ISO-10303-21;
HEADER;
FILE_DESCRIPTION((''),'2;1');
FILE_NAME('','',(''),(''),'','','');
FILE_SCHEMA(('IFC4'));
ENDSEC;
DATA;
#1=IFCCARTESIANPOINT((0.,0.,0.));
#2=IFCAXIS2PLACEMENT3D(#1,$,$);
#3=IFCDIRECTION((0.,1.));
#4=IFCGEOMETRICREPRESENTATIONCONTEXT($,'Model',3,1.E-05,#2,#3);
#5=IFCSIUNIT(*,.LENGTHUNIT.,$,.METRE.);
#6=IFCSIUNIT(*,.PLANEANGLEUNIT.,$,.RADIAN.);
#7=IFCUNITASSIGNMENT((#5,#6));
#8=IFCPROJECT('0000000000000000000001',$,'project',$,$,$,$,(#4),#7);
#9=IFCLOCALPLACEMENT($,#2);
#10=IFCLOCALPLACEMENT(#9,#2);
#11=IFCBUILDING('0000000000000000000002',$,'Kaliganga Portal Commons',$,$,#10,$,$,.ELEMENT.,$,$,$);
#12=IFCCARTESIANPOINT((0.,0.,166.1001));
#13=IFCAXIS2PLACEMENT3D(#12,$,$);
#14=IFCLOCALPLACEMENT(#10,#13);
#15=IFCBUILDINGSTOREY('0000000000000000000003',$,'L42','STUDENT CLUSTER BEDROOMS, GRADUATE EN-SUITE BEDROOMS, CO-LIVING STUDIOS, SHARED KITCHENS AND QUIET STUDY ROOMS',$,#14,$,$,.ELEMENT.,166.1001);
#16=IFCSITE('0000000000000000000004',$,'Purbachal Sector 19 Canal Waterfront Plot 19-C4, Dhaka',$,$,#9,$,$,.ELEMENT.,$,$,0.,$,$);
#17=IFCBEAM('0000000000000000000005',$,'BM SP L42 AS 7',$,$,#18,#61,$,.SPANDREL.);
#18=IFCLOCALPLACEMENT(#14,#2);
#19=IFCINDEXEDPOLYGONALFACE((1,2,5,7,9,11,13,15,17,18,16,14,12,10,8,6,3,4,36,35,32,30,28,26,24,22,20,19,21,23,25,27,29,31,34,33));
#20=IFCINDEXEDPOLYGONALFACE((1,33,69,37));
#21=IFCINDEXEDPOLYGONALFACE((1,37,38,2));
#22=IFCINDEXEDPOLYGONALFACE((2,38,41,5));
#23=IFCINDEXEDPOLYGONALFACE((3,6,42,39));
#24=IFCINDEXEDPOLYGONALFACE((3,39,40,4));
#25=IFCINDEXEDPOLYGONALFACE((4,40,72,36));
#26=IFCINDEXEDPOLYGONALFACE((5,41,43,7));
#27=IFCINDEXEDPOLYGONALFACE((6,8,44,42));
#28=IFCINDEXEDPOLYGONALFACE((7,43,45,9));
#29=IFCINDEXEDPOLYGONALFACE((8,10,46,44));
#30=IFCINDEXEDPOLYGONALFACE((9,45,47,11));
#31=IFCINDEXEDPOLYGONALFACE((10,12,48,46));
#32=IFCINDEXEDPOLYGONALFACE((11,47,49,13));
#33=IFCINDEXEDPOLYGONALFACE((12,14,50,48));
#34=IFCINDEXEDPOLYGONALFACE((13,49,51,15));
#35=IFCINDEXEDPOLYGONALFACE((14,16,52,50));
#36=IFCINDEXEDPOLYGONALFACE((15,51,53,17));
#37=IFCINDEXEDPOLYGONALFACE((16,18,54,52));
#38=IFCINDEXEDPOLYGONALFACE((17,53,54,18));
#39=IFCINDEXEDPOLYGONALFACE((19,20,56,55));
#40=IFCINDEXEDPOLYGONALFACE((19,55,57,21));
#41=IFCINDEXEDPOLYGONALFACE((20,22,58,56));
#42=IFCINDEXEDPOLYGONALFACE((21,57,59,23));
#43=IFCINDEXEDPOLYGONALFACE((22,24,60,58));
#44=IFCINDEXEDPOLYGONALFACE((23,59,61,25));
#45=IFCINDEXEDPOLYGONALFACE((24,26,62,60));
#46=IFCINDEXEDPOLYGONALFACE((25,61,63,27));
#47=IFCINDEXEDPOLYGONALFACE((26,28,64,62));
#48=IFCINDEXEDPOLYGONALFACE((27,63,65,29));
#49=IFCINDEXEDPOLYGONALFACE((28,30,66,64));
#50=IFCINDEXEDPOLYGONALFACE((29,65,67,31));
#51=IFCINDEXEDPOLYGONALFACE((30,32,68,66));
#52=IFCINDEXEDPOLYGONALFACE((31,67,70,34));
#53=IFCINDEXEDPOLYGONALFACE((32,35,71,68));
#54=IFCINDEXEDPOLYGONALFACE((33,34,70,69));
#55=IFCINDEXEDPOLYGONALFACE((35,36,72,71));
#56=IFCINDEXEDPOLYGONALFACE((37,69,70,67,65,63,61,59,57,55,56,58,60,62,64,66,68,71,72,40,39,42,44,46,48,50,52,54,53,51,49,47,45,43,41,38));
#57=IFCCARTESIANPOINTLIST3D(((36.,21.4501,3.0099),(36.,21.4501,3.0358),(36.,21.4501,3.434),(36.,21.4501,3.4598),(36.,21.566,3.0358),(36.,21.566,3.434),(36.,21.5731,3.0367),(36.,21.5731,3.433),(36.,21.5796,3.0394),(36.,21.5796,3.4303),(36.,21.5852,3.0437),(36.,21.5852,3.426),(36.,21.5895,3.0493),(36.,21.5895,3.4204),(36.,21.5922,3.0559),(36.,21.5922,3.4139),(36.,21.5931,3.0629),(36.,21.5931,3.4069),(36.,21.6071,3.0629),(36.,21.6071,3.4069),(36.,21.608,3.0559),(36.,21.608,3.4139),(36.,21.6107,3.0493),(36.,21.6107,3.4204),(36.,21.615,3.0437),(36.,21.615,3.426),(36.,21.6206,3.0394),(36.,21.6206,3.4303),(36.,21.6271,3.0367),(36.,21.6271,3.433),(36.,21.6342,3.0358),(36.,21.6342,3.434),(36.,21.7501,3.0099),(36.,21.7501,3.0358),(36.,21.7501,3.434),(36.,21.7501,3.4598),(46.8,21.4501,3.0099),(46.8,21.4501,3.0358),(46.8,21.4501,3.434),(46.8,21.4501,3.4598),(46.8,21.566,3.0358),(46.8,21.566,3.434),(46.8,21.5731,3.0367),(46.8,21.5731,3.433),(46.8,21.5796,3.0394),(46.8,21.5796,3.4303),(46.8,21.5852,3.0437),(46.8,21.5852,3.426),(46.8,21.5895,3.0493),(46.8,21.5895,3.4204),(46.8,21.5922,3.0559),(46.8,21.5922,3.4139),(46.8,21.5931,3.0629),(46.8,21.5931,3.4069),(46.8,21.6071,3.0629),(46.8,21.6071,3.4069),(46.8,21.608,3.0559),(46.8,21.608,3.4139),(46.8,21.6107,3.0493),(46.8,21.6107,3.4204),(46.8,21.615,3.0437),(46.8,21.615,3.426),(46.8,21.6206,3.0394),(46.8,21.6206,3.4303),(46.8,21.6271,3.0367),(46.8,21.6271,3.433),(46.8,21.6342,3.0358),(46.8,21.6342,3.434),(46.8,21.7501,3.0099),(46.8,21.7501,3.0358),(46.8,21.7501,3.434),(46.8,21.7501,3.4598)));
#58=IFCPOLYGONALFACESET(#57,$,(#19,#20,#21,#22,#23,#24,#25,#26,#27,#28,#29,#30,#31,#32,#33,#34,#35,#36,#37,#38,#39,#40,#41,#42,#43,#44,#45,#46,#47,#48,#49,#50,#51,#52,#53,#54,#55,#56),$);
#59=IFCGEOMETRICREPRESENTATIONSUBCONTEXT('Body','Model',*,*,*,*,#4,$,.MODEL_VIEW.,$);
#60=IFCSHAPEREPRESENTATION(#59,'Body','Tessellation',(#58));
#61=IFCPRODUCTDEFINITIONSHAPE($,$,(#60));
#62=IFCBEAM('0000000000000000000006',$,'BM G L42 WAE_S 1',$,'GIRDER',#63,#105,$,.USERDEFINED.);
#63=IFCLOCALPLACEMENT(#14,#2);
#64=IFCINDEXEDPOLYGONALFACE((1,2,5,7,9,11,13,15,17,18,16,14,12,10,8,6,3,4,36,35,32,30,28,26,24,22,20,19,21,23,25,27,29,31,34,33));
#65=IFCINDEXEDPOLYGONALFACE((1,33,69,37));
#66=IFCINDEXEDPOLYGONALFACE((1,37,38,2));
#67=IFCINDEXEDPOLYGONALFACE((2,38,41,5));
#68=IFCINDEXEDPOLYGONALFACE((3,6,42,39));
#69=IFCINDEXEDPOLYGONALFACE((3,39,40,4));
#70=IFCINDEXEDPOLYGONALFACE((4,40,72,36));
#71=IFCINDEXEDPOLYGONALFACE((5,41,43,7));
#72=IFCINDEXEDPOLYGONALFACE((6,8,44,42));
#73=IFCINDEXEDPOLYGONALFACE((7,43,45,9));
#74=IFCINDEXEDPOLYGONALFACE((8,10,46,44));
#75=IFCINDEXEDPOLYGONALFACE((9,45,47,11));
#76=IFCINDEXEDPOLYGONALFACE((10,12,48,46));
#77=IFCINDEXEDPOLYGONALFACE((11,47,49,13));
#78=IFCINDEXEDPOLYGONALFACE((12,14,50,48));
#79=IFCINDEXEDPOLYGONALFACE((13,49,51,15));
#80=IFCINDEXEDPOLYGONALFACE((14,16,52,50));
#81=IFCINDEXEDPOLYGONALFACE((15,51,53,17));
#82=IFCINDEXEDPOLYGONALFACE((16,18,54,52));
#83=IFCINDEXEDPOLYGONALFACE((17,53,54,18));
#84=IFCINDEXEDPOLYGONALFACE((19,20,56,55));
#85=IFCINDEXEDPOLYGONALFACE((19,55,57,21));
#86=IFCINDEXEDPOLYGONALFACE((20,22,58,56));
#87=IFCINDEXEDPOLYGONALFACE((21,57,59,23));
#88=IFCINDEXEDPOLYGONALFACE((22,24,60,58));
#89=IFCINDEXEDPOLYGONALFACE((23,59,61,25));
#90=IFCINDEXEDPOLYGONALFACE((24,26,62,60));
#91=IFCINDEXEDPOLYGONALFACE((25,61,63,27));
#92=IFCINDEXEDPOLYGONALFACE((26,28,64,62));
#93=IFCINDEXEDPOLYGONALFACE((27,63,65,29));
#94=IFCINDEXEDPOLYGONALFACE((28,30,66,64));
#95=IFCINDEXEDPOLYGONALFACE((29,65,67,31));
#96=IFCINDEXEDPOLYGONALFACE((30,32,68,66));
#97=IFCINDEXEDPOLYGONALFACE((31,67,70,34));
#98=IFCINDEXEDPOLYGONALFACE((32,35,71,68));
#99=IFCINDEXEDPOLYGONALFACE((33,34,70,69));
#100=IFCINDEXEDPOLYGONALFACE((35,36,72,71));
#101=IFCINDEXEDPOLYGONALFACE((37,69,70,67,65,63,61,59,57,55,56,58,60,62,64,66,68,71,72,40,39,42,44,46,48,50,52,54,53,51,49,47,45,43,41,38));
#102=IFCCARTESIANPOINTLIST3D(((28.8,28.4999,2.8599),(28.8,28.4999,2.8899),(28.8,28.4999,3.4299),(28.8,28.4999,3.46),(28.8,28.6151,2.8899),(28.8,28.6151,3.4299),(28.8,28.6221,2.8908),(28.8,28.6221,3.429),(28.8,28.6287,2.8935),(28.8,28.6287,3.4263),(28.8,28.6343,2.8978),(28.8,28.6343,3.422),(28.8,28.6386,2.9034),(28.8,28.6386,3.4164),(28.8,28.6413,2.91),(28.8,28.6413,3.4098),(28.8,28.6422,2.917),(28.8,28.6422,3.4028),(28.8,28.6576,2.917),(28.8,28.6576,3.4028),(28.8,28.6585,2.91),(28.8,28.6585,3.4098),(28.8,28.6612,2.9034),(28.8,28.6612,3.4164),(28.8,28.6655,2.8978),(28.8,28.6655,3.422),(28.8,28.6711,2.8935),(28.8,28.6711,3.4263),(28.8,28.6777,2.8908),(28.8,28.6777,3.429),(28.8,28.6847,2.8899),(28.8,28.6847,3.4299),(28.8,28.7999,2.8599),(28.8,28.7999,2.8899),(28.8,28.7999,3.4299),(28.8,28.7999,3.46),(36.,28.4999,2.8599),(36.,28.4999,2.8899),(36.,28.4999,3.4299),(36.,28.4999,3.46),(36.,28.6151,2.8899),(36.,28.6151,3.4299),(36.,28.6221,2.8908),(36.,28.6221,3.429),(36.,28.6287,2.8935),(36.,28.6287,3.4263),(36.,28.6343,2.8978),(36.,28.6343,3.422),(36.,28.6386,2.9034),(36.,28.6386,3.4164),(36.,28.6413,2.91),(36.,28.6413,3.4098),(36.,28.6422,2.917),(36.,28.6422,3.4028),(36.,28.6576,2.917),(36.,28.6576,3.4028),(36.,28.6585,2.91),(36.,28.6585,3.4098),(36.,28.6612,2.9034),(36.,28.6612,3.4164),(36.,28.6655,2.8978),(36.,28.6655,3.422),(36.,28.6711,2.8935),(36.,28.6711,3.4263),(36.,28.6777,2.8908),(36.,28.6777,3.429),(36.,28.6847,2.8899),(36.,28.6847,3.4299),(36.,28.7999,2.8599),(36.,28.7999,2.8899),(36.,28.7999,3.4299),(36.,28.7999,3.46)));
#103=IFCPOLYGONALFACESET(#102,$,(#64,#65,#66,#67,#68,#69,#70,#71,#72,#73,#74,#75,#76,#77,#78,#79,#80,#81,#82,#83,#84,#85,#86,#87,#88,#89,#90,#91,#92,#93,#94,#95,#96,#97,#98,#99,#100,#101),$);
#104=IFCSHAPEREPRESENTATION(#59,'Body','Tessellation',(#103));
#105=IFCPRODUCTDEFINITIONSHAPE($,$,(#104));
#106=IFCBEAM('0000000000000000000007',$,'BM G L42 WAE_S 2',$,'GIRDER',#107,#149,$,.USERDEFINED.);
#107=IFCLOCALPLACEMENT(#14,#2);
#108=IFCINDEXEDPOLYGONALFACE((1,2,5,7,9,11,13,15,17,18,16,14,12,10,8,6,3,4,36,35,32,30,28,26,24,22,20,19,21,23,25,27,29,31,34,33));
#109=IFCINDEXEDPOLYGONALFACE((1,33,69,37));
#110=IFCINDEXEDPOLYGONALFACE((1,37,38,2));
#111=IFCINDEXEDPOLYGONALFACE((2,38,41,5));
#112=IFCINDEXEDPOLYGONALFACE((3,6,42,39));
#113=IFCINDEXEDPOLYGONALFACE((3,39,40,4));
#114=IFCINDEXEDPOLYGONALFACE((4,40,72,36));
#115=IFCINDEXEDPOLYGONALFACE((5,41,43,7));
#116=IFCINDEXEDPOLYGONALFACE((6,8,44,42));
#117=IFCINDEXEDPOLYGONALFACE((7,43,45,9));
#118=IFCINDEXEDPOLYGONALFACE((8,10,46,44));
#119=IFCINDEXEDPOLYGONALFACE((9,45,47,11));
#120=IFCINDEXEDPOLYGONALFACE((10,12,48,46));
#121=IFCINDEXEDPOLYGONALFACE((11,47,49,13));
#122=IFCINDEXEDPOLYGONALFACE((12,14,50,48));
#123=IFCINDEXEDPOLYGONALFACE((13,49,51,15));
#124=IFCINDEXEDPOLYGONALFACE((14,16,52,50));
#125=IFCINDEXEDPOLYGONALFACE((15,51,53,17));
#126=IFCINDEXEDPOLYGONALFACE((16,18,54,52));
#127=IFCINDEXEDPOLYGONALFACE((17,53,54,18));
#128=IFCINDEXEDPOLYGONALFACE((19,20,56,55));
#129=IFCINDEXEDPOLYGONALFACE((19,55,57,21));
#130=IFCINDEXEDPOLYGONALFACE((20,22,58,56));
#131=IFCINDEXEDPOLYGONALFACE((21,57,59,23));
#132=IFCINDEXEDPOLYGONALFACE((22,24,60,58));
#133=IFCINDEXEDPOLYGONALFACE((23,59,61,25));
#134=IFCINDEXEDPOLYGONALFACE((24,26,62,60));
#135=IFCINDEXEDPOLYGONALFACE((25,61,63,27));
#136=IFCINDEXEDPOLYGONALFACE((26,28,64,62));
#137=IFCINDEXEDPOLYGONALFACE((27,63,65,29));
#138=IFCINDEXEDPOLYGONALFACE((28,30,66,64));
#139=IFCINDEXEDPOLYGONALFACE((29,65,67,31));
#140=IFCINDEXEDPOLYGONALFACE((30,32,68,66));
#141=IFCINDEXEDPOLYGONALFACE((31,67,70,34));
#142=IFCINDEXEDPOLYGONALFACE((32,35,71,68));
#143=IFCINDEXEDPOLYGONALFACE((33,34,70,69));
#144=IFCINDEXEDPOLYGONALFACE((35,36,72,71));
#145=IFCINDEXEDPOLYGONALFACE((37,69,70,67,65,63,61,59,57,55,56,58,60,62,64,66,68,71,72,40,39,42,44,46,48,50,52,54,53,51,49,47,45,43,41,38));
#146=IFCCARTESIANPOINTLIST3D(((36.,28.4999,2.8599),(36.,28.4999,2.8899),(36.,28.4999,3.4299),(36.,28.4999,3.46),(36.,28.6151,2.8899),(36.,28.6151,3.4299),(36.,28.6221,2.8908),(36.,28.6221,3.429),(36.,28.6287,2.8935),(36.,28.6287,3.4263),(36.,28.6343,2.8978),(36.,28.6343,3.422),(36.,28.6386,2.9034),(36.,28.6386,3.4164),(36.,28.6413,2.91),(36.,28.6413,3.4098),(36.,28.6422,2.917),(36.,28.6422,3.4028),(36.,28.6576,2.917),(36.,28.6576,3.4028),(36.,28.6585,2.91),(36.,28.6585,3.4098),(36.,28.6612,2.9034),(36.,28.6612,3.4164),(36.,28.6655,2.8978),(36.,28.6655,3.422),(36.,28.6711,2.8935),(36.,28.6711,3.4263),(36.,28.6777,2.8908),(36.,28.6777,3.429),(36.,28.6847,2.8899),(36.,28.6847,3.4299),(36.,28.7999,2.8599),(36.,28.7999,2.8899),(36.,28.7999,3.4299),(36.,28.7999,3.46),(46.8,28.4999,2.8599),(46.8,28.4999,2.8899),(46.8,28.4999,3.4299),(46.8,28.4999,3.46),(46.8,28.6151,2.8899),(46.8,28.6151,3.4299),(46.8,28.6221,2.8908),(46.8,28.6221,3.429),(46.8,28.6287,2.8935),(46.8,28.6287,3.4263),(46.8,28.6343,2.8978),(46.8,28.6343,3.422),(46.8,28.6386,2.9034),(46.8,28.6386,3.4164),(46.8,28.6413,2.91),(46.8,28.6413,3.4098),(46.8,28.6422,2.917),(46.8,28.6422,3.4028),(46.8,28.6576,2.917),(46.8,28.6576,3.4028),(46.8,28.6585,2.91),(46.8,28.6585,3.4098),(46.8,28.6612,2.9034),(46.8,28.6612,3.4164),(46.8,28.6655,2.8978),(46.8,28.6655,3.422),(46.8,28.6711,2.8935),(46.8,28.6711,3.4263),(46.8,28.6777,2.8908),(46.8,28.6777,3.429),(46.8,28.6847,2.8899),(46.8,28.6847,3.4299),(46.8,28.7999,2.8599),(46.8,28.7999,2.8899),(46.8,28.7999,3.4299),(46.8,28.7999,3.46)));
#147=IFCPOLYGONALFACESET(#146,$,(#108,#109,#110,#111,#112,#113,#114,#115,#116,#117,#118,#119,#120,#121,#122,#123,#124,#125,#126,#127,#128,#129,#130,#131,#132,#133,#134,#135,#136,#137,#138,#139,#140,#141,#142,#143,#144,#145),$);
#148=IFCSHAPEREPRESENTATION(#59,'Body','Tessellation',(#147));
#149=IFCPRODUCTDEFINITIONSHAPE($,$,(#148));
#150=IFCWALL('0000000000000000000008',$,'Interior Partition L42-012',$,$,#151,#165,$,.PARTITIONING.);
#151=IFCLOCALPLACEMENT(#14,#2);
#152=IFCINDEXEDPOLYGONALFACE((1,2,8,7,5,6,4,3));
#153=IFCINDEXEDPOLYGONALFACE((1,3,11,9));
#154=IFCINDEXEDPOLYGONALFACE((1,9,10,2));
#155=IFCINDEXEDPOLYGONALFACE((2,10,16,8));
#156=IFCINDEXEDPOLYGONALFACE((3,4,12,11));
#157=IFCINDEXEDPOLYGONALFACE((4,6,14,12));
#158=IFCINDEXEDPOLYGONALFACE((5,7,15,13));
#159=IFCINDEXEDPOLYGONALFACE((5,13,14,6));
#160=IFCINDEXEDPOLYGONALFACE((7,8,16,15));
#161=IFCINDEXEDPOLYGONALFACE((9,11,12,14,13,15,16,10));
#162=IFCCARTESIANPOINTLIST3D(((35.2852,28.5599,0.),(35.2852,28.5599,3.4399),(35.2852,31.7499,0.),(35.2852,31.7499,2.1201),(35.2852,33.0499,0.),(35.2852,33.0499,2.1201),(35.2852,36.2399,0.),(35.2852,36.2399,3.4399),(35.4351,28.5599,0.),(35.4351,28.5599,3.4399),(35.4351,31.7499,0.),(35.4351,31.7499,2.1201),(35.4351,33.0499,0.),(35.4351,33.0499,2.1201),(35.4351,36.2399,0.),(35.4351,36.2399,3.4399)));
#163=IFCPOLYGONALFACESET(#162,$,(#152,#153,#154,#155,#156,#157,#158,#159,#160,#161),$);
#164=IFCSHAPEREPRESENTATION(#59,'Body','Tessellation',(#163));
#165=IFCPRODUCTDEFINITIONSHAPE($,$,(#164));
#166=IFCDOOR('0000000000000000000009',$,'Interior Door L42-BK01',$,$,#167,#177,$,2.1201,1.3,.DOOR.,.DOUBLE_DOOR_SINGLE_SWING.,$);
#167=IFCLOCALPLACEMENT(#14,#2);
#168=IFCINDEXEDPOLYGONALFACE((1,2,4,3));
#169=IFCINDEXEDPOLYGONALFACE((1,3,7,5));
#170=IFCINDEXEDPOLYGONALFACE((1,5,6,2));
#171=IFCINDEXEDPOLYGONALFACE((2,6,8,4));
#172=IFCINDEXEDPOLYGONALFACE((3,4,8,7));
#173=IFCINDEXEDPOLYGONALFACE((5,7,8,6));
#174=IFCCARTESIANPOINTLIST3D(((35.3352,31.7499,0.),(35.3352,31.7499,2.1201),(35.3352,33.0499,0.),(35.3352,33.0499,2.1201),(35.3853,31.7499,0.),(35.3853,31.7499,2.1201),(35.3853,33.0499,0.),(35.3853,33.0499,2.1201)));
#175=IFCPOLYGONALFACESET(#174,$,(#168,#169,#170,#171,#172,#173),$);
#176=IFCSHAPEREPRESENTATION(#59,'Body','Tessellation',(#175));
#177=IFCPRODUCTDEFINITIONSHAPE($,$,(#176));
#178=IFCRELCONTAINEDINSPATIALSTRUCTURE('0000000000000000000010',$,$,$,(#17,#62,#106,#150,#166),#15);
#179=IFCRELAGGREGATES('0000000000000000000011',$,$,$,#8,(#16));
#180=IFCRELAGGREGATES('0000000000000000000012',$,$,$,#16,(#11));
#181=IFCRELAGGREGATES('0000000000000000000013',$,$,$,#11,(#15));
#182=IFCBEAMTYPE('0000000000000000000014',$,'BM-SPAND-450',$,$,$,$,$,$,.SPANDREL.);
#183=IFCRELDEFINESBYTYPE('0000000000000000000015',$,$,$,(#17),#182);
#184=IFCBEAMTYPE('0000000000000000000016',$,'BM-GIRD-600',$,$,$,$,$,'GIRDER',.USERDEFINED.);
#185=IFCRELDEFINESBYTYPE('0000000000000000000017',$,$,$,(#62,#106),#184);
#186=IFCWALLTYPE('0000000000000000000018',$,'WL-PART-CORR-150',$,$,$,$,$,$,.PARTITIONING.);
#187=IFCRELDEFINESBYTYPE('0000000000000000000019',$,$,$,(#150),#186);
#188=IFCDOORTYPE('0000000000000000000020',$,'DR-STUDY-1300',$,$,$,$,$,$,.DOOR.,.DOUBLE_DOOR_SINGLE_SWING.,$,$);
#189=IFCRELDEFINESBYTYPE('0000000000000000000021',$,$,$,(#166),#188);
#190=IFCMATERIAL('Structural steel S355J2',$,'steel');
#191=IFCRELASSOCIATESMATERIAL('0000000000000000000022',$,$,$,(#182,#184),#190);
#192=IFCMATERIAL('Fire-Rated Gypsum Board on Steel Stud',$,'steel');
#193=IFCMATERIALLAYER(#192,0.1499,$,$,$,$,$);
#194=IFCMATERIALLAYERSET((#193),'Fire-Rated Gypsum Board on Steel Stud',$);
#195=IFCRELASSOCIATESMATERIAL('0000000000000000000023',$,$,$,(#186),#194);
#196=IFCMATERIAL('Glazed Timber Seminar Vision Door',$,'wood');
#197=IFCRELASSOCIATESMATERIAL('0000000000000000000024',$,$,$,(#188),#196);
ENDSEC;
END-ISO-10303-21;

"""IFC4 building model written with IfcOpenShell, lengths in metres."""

from ifc_helpers import new_model, si_unit, direction, frame, frame_2d, origin, origin_2d, place, context, subcontext, project, spatial, rectangle, i_section, extrude, source, transform, mapped, material, layer, layer_set, material_profile, profile_set, type_object, element, fill, save


model = new_model("IFC4")

# Units and contexts
model_context = context("Model", 3, precision=1e-05, world=origin(), true_north=direction((0.0, 1.0)))
body_context = subcontext(model_context, "Body", "Model", "MODEL_VIEW")
ifc_project = project(units=[si_unit("LENGTHUNIT", "METRE"), si_unit("PLANEANGLEUNIT", "RADIAN")], contexts=[model_context])

# Site, building, storey
site_placement = place(None, origin())
site = spatial("IfcSite", under=ifc_project, at=site_placement, Name="Purbachal Sector 19 Canal Waterfront Plot 19-C4, Dhaka", CompositionType="ELEMENT", RefElevation=0.0)
building_placement = place(site_placement, origin())
building = spatial("IfcBuilding", under=site, at=building_placement, Name="Kaliganga Portal Commons", CompositionType="ELEMENT")
storey_placement = place(building_placement, frame((0.0, 0.0, 166.1001)))
storey = spatial("IfcBuildingStorey", under=building, at=storey_placement, Name="L42", Description="STUDENT CLUSTER BEDROOMS, GRADUATE EN-SUITE BEDROOMS, CO-LIVING STUDIOS, SHARED KITCHENS AND QUIET STUDY ROOMS", CompositionType="ELEMENT", Elevation=166.1001)

# Beams
ifc_material_1 = material(Name="Structural steel S355J2", Category="steel")
ifc_material_profile_1 = material_profile(ifc_material_1, i_section(OverallWidth=0.3, OverallDepth=0.45, WebThickness=0.0139, FlangeThickness=0.0259, FilletRadius=0.0271, at=origin_2d()), Name="HE 450 B")
ifc_profile_set_1 = profile_set([ifc_material_profile_1], Name="Structural steel S355J2 wide-flange")
beam_type_1 = type_object("IfcBeamType", Name="BM-SPAND-450", PredefinedType="SPANDREL", material=ifc_profile_set_1)
shared_shape_1 = source(origin(), body_context, "Body", "SweptSolid", [
    extrude(i_section(OverallWidth=0.3, OverallDepth=0.45, WebThickness=0.0139, FlangeThickness=0.0259, FilletRadius=0.0271, at=origin_2d()), origin(), (0.0, 0.0, 1.0), 10.8),
])
beam_1_placement = place(storey_placement, frame((36.0, 21.6001, 3.2349), z_axis=(1.0, 0.0, 0.0), x_axis=(0.0, 1.0, 0.0)))
element("IfcBeam", 1, at=beam_1_placement, inside=storey, type_object=beam_type_1, Name="BM SP L42 AS 7", PredefinedType="SPANDREL", context=body_context, shape_type="MappedRepresentation", body=[
    mapped(shared_shape_1, transform((0.0, 0.0, 0.0), x_axis=(1.0, 0.0, 0.0), y_axis=(0.0, 1.0, 0.0), z_axis=(0.0, 0.0, 1.0), scale=1.0)),
])
ifc_material_profile_2 = material_profile(ifc_material_1, i_section(OverallWidth=0.3, OverallDepth=0.6001, WebThickness=0.0154, FlangeThickness=0.03, FilletRadius=0.0271, at=origin_2d()), Name="HE 600 B")
ifc_profile_set_2 = profile_set([ifc_material_profile_2], Name="Structural steel S355J2 wide-flange")
beam_type_2 = type_object("IfcBeamType", Name="BM-GIRD-600", ElementType="GIRDER", PredefinedType="USERDEFINED", material=ifc_profile_set_2)
shared_shape_2 = source(origin(), body_context, "Body", "SweptSolid", [
    extrude(i_section(OverallWidth=0.3, OverallDepth=0.6001, WebThickness=0.0154, FlangeThickness=0.03, FilletRadius=0.0271, at=origin_2d()), origin(), (0.0, 0.0, 1.0), 7.2),
])
beam_2_placement = place(storey_placement, frame((28.8, 28.6499, 3.1599), z_axis=(1.0, 0.0, 0.0), x_axis=(0.0, 1.0, 0.0)))
element("IfcBeam", 2, at=beam_2_placement, inside=storey, type_object=beam_type_2, Name="BM G L42 WAE_S 1", ObjectType="GIRDER", PredefinedType="USERDEFINED", context=body_context, shape_type="MappedRepresentation", body=[
    mapped(shared_shape_2, transform((0.0, 0.0, 0.0), x_axis=(1.0, 0.0, 0.0), y_axis=(0.0, 1.0, 0.0), z_axis=(0.0, 0.0, 1.0), scale=1.0)),
])
shared_shape_3 = source(origin(), body_context, "Body", "SweptSolid", [
    extrude(i_section(OverallWidth=0.3, OverallDepth=0.6001, WebThickness=0.0154, FlangeThickness=0.03, FilletRadius=0.0271, at=origin_2d()), origin(), (0.0, 0.0, 1.0), 10.8),
])
beam_3_placement = place(storey_placement, frame((36.0, 28.6499, 3.1599), z_axis=(1.0, 0.0, 0.0), x_axis=(0.0, 1.0, 0.0)))
element("IfcBeam", 3, at=beam_3_placement, inside=storey, type_object=beam_type_2, Name="BM G L42 WAE_S 2", ObjectType="GIRDER", PredefinedType="USERDEFINED", context=body_context, shape_type="MappedRepresentation", body=[
    mapped(shared_shape_3, transform((0.0, 0.0, 0.0), x_axis=(1.0, 0.0, 0.0), y_axis=(0.0, 1.0, 0.0), z_axis=(0.0, 0.0, 1.0), scale=1.0)),
])

# Wall, opening, door
ifc_material_2 = material(Name="Fire-Rated Gypsum Board on Steel Stud", Category="steel")
ifc_layer_1 = layer(ifc_material_2, 0.1499)
ifc_layer_set_1 = layer_set([ifc_layer_1], Name="Fire-Rated Gypsum Board on Steel Stud")
wall_type_1 = type_object("IfcWallType", Name="WL-PART-CORR-150", PredefinedType="PARTITIONING", material=ifc_layer_set_1)
wall_1_placement = place(storey_placement, frame((35.3601, 28.5601, 0.0), z_axis=(0.0, 0.0, 1.0), x_axis=(0.0, 1.0, 0.0)))
wall_1 = element("IfcWall", 4, at=wall_1_placement, inside=storey, type_object=wall_type_1, Name="Interior Partition L42-012", PredefinedType="PARTITIONING", context=body_context, shape_type="SweptSolid", body=[
    extrude(rectangle(XDim=7.6799, YDim=0.1499, at=frame_2d((3.8398, 0.0))), origin(), (0.0, 0.0, 1.0), 3.4399),
])
opening_1_placement = place(wall_1_placement, frame((3.1899, 0.0, 0.0)))
opening_1 = element("IfcOpeningElement", 5, at=opening_1_placement, cuts=wall_1, PredefinedType="OPENING", context=body_context, shape_type="SweptSolid", body=[
    extrude(rectangle(XDim=1.3, YDim=2.1201, at=frame_2d((0.6499, 1.0601))), frame((0.0, 0.085, 0.0), z_axis=(0.0, -1.0, 0.0), x_axis=(1.0, 0.0, 0.0)), (0.0, 0.0, 1.0), 0.1699),
])
ifc_material_3 = material(Name="Glazed Timber Seminar Vision Door", Category="wood")
door_type_1 = type_object("IfcDoorType", Name="DR-STUDY-1300", OperationType="DOUBLE_DOOR_SINGLE_SWING", PredefinedType="DOOR", material=ifc_material_3)
door_1_placement = place(opening_1_placement, origin())
door_1 = element("IfcDoor", 6, at=door_1_placement, inside=storey, type_object=door_type_1, Name="Interior Door L42-BK01", OperationType="DOUBLE_DOOR_SINGLE_SWING", OverallHeight=2.1201, OverallWidth=1.3, PredefinedType="DOOR", context=body_context, shape_type="SweptSolid", body=[
    extrude(rectangle(XDim=1.3, YDim=2.1201, at=frame_2d((0.6499, 1.0601))), frame((0.0, 0.0249, 0.0), z_axis=(0.0, -1.0, 0.0), x_axis=(1.0, 0.0, 0.0)), (0.0, 0.0, 1.0), 0.05),
])
fill(opening_1, door_1)

save(model, "model.ifc")
